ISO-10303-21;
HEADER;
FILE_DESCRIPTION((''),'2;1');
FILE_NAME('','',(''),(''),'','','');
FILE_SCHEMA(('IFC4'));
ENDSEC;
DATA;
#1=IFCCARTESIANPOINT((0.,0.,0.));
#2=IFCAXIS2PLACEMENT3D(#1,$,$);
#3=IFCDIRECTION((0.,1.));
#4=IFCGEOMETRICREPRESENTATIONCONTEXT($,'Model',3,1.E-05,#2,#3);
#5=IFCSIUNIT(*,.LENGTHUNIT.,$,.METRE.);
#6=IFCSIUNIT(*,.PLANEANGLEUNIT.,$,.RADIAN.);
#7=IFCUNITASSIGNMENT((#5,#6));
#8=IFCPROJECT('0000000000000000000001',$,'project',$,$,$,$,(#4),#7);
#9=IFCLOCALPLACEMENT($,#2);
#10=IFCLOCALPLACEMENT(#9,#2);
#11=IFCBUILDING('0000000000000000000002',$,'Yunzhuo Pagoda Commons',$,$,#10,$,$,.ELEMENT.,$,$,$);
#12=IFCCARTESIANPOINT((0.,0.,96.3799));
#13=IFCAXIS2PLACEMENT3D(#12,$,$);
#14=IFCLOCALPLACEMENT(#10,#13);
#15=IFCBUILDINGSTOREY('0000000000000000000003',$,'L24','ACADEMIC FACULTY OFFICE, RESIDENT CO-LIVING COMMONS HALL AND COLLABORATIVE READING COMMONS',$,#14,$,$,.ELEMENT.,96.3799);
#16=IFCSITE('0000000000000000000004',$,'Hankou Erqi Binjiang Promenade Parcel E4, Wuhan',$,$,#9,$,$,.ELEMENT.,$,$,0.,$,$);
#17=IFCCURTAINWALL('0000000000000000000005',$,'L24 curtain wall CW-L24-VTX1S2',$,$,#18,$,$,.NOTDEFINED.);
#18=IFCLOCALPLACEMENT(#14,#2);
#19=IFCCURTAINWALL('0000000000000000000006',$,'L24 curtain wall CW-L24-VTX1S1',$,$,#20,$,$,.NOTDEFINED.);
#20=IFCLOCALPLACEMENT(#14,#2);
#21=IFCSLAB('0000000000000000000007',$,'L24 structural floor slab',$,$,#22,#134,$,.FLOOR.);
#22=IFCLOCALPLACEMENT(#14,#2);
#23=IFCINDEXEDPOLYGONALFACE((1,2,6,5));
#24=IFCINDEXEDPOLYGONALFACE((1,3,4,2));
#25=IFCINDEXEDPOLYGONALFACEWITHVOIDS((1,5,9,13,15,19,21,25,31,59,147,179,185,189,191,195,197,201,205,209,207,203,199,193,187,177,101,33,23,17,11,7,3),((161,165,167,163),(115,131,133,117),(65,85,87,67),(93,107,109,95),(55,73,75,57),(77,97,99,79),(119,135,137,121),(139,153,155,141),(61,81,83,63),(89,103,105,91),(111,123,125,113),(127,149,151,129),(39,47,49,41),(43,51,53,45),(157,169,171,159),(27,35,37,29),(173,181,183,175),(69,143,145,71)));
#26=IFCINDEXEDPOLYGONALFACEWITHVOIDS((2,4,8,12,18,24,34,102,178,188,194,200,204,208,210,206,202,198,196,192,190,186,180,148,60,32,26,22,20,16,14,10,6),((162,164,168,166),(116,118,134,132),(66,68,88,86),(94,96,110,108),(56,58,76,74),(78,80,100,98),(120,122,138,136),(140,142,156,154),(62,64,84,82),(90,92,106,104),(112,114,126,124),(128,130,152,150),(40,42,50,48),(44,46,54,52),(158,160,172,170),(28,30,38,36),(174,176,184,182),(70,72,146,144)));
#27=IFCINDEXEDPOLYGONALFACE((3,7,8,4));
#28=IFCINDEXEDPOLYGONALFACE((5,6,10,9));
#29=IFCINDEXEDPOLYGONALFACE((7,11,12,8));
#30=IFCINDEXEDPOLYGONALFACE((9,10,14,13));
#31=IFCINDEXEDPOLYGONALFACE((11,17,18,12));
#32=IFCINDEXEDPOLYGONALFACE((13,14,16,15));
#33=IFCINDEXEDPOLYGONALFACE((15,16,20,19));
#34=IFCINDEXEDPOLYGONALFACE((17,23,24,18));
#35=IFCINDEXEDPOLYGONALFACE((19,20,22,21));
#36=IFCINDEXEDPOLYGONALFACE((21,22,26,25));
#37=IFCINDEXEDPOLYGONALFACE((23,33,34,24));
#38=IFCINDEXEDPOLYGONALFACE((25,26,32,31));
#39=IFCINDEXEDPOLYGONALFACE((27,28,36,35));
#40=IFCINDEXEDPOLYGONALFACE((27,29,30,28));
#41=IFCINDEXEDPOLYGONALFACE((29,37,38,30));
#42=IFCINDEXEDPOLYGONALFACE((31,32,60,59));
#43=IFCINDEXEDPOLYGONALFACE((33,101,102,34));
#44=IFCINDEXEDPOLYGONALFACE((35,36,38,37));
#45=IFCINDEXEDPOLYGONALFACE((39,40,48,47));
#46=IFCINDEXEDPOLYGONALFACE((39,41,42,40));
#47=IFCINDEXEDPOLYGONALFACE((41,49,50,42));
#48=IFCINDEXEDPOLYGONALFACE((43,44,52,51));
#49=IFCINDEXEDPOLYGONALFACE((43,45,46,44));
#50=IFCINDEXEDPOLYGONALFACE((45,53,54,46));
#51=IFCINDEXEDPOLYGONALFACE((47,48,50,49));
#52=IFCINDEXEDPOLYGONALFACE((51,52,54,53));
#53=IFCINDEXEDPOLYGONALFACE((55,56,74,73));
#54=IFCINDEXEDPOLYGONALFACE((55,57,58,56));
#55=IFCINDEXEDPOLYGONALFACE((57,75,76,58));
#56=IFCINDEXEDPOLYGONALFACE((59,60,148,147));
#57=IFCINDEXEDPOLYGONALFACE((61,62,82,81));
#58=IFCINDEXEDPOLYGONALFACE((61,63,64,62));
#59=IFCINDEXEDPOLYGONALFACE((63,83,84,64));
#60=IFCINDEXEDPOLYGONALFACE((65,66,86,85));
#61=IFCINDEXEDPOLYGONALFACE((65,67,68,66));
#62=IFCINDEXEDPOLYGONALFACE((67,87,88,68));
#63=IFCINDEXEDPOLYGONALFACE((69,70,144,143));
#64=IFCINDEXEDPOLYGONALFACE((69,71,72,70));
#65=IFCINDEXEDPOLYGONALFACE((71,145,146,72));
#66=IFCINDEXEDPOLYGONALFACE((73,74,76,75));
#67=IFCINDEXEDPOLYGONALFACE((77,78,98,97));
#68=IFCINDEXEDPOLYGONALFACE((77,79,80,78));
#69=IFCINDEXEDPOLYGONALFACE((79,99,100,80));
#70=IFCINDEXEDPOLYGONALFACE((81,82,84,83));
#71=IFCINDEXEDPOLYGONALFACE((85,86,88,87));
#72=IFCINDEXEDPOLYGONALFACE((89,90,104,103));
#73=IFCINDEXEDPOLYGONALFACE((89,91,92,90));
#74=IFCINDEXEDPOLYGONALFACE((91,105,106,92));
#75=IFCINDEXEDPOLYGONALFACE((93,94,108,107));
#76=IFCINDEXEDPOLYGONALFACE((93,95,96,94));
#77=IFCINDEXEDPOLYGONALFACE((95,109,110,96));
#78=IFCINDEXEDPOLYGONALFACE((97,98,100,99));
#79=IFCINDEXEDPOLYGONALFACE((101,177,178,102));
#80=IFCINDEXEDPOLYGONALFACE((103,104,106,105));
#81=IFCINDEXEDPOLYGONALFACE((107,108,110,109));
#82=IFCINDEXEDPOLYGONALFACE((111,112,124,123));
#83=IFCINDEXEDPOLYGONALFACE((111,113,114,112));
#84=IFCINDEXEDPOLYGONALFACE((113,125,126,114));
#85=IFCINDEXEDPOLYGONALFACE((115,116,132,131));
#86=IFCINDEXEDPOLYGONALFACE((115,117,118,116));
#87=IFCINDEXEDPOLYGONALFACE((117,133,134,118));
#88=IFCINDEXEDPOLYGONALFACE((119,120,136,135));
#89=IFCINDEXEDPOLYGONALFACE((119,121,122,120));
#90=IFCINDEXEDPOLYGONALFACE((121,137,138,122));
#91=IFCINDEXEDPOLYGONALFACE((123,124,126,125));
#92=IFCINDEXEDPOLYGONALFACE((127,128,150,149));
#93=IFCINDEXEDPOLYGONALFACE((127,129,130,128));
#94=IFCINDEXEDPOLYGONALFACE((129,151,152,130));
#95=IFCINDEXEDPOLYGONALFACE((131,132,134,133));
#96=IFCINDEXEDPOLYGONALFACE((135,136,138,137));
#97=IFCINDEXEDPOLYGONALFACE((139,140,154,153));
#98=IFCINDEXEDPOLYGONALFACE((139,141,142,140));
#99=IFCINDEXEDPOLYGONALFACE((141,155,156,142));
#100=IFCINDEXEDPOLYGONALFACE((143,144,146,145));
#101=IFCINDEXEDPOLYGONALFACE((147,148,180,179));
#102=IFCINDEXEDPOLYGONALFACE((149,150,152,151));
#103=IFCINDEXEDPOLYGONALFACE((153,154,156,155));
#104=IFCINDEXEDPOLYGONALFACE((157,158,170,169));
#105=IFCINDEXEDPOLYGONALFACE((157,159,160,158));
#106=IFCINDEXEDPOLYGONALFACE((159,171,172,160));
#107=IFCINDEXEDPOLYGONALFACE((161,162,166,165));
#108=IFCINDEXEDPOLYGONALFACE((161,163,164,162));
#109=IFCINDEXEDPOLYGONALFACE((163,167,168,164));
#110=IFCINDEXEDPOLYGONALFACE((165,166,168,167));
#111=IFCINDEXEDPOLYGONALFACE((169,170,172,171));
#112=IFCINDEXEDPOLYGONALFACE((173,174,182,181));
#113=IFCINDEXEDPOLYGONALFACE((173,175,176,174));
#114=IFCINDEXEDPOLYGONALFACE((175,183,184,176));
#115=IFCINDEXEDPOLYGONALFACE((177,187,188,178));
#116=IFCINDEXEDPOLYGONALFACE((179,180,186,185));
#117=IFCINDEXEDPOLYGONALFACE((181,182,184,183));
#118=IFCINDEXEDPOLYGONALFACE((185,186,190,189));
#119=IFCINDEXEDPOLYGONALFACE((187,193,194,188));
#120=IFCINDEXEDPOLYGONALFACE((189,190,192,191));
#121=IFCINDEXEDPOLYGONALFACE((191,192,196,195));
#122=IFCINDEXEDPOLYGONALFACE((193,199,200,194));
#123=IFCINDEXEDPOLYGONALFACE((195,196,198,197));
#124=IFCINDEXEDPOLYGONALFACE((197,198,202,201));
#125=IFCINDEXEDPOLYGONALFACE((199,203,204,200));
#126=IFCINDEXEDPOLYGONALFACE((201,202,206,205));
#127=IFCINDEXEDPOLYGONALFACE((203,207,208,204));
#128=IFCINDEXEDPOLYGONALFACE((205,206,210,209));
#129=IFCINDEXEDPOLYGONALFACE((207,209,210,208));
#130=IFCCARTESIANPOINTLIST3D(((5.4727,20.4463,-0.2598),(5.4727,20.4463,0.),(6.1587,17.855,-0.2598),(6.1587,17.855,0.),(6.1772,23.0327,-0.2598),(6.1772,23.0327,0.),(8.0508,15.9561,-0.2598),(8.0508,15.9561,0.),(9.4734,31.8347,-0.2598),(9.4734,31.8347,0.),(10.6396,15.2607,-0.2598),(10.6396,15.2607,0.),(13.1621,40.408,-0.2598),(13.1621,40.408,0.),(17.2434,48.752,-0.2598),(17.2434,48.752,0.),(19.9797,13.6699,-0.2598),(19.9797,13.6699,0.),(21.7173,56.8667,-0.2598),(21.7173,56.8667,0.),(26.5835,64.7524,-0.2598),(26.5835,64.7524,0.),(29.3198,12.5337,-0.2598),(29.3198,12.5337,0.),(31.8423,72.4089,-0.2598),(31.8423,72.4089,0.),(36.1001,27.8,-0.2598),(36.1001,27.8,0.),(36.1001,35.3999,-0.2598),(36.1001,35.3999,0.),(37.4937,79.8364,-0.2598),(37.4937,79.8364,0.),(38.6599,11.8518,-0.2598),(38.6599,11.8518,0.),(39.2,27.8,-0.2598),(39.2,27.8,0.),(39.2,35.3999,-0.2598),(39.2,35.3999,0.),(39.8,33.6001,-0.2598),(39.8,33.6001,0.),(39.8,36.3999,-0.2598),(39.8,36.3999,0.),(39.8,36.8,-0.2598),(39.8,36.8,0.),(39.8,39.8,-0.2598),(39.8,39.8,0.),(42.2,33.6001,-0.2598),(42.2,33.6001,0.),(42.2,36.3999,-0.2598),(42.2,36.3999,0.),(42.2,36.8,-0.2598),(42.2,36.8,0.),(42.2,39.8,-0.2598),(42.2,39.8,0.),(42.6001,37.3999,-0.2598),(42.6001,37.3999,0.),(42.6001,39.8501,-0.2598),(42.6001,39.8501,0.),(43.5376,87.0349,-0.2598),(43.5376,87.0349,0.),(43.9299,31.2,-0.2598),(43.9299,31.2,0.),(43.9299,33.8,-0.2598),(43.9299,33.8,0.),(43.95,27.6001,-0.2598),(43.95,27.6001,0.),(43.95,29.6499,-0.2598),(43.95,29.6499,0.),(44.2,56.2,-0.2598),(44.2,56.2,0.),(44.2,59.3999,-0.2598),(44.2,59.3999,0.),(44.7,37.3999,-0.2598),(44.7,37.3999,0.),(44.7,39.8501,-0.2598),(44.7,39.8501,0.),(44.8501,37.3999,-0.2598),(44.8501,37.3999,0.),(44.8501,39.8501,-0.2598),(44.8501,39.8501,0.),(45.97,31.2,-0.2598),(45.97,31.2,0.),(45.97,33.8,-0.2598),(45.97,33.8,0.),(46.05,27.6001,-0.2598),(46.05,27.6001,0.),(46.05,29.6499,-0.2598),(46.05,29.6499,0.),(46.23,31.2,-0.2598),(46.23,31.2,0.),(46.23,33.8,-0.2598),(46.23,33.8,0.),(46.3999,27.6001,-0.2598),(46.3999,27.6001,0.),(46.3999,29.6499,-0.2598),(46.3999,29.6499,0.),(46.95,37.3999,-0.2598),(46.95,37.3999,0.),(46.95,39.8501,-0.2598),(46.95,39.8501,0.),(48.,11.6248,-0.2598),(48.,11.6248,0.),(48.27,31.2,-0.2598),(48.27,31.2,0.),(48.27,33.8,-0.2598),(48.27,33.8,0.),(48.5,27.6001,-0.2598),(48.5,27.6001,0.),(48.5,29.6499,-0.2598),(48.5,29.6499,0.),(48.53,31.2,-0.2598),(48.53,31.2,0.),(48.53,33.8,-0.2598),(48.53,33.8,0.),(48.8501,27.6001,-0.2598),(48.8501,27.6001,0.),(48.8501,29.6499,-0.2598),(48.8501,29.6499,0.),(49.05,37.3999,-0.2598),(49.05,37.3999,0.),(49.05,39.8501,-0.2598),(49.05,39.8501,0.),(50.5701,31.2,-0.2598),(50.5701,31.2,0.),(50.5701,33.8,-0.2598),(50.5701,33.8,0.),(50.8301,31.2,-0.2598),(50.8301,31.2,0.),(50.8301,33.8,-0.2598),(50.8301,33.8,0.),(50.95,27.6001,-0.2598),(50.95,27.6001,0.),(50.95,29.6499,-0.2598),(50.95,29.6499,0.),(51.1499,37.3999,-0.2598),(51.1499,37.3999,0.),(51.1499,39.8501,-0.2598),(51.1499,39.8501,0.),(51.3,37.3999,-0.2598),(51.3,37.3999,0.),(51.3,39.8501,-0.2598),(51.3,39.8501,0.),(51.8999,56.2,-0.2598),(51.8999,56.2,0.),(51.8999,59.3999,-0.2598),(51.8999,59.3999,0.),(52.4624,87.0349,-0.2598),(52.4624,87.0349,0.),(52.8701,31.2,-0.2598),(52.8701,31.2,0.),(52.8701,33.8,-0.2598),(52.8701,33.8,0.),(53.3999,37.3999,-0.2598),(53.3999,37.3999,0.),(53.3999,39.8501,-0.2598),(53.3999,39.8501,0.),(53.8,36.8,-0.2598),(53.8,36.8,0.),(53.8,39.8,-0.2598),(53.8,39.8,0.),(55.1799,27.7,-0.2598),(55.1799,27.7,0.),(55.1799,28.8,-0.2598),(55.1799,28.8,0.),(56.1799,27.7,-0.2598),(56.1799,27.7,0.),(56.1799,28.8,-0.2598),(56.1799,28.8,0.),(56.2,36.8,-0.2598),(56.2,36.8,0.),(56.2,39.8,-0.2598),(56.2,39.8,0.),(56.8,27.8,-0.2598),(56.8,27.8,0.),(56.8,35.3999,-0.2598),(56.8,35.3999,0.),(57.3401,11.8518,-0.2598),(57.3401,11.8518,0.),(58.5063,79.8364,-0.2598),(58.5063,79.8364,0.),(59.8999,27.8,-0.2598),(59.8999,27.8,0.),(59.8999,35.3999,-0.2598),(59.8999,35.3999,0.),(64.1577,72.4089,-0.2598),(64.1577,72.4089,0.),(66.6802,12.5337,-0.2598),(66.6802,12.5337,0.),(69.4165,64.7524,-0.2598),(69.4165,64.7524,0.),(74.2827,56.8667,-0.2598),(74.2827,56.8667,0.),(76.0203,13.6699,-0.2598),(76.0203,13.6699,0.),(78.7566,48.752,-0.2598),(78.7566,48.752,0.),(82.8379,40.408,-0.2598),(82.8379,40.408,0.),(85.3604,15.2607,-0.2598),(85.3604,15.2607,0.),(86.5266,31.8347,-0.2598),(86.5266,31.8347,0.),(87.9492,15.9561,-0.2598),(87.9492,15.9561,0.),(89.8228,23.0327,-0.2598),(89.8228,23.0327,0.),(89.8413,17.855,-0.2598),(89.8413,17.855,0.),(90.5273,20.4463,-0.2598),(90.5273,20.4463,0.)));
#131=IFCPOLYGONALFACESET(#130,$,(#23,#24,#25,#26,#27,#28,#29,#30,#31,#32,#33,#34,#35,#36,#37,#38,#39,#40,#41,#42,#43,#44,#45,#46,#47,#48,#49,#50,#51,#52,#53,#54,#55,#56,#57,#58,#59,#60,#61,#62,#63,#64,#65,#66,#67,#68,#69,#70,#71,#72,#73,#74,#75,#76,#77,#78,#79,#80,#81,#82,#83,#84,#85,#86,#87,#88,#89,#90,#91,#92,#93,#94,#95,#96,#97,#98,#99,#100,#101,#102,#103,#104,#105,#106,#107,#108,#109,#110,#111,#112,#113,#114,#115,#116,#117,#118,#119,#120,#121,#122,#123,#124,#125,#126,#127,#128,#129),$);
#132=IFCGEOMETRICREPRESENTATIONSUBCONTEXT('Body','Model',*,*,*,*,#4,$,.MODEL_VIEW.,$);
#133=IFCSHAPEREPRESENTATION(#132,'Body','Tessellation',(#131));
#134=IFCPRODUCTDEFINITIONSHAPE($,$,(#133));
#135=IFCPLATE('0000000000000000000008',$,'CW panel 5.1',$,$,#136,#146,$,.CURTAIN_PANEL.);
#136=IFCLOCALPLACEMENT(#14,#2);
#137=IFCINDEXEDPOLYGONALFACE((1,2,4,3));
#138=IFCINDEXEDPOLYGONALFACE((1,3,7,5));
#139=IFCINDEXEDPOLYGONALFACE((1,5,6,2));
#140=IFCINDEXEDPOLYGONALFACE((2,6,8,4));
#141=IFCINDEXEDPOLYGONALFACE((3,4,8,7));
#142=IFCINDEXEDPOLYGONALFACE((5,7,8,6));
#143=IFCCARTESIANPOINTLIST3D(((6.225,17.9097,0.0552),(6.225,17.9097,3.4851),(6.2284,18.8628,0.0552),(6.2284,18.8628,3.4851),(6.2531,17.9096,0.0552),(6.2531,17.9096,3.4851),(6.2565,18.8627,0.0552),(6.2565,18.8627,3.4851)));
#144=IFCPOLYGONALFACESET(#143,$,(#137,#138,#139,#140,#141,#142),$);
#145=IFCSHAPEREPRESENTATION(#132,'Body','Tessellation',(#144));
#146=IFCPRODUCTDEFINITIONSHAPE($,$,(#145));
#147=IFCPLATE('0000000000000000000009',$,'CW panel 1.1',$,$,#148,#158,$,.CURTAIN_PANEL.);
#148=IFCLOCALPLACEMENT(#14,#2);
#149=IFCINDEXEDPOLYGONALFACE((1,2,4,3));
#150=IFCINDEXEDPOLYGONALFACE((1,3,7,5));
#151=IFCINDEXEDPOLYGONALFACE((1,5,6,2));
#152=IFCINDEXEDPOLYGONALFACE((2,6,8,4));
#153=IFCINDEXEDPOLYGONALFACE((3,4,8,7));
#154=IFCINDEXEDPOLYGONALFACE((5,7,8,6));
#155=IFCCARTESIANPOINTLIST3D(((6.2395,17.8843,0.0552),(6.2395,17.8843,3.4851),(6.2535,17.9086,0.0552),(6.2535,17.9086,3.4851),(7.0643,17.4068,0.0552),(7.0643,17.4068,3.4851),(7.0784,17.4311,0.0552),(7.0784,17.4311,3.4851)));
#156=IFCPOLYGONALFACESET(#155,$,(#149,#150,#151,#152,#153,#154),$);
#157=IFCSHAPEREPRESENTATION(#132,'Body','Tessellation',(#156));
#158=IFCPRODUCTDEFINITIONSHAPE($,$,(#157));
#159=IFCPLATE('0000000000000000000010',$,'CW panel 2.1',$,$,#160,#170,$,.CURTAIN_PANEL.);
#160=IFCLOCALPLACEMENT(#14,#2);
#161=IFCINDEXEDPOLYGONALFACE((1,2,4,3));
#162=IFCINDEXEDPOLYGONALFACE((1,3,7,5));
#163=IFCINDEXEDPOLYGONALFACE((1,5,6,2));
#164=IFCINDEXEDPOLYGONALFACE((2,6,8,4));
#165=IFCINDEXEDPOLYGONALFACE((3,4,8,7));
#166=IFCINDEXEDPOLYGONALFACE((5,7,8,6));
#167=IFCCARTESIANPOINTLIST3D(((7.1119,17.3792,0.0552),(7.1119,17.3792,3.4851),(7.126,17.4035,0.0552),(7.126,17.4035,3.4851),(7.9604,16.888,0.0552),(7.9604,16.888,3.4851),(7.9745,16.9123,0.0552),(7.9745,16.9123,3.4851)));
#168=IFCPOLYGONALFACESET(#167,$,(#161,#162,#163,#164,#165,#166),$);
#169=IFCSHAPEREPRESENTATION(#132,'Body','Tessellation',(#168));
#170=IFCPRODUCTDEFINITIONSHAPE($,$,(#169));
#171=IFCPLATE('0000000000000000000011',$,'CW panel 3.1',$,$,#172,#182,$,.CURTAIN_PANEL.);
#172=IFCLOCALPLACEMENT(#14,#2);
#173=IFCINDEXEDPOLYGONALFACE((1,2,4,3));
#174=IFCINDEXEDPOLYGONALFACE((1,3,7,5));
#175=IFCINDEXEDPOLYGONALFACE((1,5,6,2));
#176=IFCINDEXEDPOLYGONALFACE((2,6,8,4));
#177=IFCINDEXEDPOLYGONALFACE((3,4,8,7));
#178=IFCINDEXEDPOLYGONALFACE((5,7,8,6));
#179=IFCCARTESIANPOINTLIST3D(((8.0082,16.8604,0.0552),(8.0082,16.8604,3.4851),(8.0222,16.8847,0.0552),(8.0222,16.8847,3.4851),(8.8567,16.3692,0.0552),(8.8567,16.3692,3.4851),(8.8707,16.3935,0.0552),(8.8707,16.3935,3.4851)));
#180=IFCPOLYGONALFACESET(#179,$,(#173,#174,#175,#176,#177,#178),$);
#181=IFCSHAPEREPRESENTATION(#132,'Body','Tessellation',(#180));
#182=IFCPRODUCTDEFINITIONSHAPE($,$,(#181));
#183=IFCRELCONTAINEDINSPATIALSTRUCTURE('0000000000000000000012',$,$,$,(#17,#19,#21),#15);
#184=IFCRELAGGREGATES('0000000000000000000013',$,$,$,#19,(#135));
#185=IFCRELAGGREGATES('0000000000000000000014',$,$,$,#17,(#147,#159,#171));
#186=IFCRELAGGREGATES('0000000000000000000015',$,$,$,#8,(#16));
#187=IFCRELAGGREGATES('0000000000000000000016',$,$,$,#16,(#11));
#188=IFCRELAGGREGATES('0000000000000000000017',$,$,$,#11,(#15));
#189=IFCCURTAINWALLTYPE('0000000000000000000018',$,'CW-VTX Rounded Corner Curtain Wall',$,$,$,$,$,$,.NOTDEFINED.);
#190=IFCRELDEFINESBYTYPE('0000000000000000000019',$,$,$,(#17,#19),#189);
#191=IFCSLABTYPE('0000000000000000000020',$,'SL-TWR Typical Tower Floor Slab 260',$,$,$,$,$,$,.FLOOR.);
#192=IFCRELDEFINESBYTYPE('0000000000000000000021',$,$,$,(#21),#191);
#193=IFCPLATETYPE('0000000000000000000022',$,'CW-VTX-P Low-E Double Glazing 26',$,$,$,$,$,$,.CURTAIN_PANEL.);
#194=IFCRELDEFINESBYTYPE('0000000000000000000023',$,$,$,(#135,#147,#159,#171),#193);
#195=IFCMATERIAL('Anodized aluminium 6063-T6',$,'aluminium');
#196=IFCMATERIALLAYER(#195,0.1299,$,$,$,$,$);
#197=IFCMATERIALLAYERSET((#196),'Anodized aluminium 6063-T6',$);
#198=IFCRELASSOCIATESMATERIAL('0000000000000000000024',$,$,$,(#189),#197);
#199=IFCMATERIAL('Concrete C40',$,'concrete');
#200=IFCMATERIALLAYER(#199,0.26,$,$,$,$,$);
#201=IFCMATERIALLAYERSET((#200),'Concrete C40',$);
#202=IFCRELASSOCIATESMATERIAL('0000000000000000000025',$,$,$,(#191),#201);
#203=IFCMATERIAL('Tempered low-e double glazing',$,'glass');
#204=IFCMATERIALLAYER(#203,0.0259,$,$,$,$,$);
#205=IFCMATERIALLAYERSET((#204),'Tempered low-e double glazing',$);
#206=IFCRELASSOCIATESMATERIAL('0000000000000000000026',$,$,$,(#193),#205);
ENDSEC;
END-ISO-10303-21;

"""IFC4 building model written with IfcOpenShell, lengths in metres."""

from ifc_helpers import new_model, si_unit, direction, frame, origin, origin_2d, place, context, subcontext, project, spatial, polyline, rectangle, outline, extrude, source, transform, mapped, material, layer, layer_set, type_object, element, aggregate, save


model = new_model("IFC4")

# Units and contexts
model_context = context("Model", 3, precision=1e-05, world=origin(), true_north=direction((0.0, 1.0)))
body_context = subcontext(model_context, "Body", "Model", "MODEL_VIEW")
ifc_project = project(units=[si_unit("LENGTHUNIT", "METRE"), si_unit("PLANEANGLEUNIT", "RADIAN")], contexts=[model_context])

# Site, building, storey
site_placement = place(None, origin())
site = spatial("IfcSite", under=ifc_project, at=site_placement, Name="Hankou Erqi Binjiang Promenade Parcel E4, Wuhan", CompositionType="ELEMENT", RefElevation=0.0)
building_placement = place(site_placement, origin())
building = spatial("IfcBuilding", under=site, at=building_placement, Name="Yunzhuo Pagoda Commons", CompositionType="ELEMENT")
storey_placement = place(building_placement, frame((0.0, 0.0, 96.3799)))
storey = spatial("IfcBuildingStorey", under=building, at=storey_placement, Name="L24", Description="ACADEMIC FACULTY OFFICE, RESIDENT CO-LIVING COMMONS HALL AND COLLABORATIVE READING COMMONS", CompositionType="ELEMENT", Elevation=96.3799)

# Curtain wall
ifc_material_1 = material(Name="Anodized aluminium 6063-T6", Category="aluminium")
ifc_layer_1 = layer(ifc_material_1, 0.1299)
ifc_layer_set_1 = layer_set([ifc_layer_1], Name="Anodized aluminium 6063-T6")
curtain_wall_type = type_object("IfcCurtainWallType", Name="CW-VTX Rounded Corner Curtain Wall", PredefinedType="NOTDEFINED", material=ifc_layer_set_1)
curtain_wall_1_placement = place(storey_placement, origin())
curtain_wall_1 = element("IfcCurtainWall", 1, at=curtain_wall_1_placement, inside=storey, type_object=curtain_wall_type, Name="L24 curtain wall CW-L24-VTX1S2", PredefinedType="NOTDEFINED")

# Curtain wall
curtain_wall_2_placement = place(storey_placement, origin())
curtain_wall_2 = element("IfcCurtainWall", 2, at=curtain_wall_2_placement, inside=storey, type_object=curtain_wall_type, Name="L24 curtain wall CW-L24-VTX1S1", PredefinedType="NOTDEFINED")

# Shared definitions
ifc_material_2 = material(Name="Concrete C40", Category="concrete")

# Slab
ifc_layer_2 = layer(ifc_material_2, 0.26)
ifc_layer_set_2 = layer_set([ifc_layer_2], Name="Concrete C40")
slab_type_1 = type_object("IfcSlabType", Name="SL-TWR Typical Tower Floor Slab 260", PredefinedType="FLOOR", material=ifc_layer_set_2)
slab_1_placement = place(storey_placement, frame((0.0, 0.0, -0.2598)))
element("IfcSlab", 3, at=slab_1_placement, inside=storey, type_object=slab_type_1, Name="L24 structural floor slab", PredefinedType="FLOOR", context=body_context, shape_type="SweptSolid", body=[
    extrude(outline(polyline([(9.4734, 31.8347), (13.1621, 40.408), (17.2434, 48.752), (21.7173, 56.8667), (26.5835, 64.7524), (31.8423, 72.4089), (37.4937, 79.8364), (43.5376, 87.0349), (52.4624, 87.0349), (58.5063, 79.8364), (64.1577, 72.4089), (69.4165, 64.7524), (74.2827, 56.8667), (78.7566, 48.752), (82.8379, 40.408), (86.5266, 31.8347), (89.8228, 23.0327), (90.5273, 20.4463), (89.8413, 17.855), (87.9492, 15.9561), (85.3604, 15.2607), (76.0203, 13.6699), (66.6802, 12.5337), (57.3401, 11.8518), (48.0, 11.6248), (38.6599, 11.8518), (29.3198, 12.5337), (19.9797, 13.6699), (10.6396, 15.2607), (8.0508, 15.9561), (6.1587, 17.855), (5.4727, 20.4463), (6.1772, 23.0327), (9.4734, 31.8347)]), holes=[polyline([(46.05, 27.6001), (46.05, 29.6499), (43.95, 29.6499), (43.95, 27.6001), (46.05, 27.6001)]), polyline([(48.5, 27.6001), (48.5, 29.6499), (46.3999, 29.6499), (46.3999, 27.6001), (48.5, 27.6001)]), polyline([(36.1001, 27.8), (39.2, 27.8), (39.2, 35.3999), (36.1001, 35.3999), (36.1001, 27.8)]), polyline([(45.97, 31.2), (45.97, 33.8), (43.9299, 33.8), (43.9299, 31.2), (45.97, 31.2)]), polyline([(48.27, 31.2), (48.27, 33.8), (46.23, 33.8), (46.23, 31.2), (48.27, 31.2)]), polyline([(42.2, 33.6001), (42.2, 36.3999), (39.8, 36.3999), (39.8, 33.6001), (42.2, 33.6001)]), polyline([(42.2, 36.8), (42.2, 39.8), (39.8, 39.8), (39.8, 36.8), (42.2, 36.8)]), polyline([(42.6001, 37.3999), (44.7, 37.3999), (44.7, 39.8501), (42.6001, 39.8501), (42.6001, 37.3999)]), polyline([(44.8501, 37.3999), (46.95, 37.3999), (46.95, 39.8501), (44.8501, 39.8501), (44.8501, 37.3999)]), polyline([(56.1799, 27.7), (56.1799, 28.8), (55.1799, 28.8), (55.1799, 27.7), (56.1799, 27.7)]), polyline([(50.95, 27.6001), (50.95, 29.6499), (48.8501, 29.6499), (48.8501, 27.6001), (50.95, 27.6001)]), polyline([(56.8, 27.8), (59.8999, 27.8), (59.8999, 35.3999), (56.8, 35.3999), (56.8, 27.8)]), polyline([(50.5701, 31.2), (50.5701, 33.8), (48.53, 33.8), (48.53, 31.2), (50.5701, 31.2)]), polyline([(52.8701, 31.2), (52.8701, 33.8), (50.8301, 33.8), (50.8301, 31.2), (52.8701, 31.2)]), polyline([(56.2, 36.8), (56.2, 39.8), (53.8, 39.8), (53.8, 36.8), (56.2, 36.8)]), polyline([(51.1499, 37.3999), (51.1499, 39.8501), (49.05, 39.8501), (49.05, 37.3999), (51.1499, 37.3999)]), polyline([(51.3, 37.3999), (53.3999, 37.3999), (53.3999, 39.8501), (51.3, 39.8501), (51.3, 37.3999)]), polyline([(44.2, 56.2), (51.8999, 56.2), (51.8999, 59.3999), (44.2, 59.3999), (44.2, 56.2)])]), origin(), (0.0, 0.0, 1.0), 0.2598),
])

# Plates
ifc_material_3 = material(Name="Tempered low-e double glazing", Category="glass")
ifc_layer_3 = layer(ifc_material_3, 0.0259)
ifc_layer_set_3 = layer_set([ifc_layer_3], Name="Tempered low-e double glazing")
plate_type = type_object("IfcPlateType", Name="CW-VTX-P Low-E Double Glazing 26", PredefinedType="CURTAIN_PANEL", material=ifc_layer_set_3)
shared_shape_1 = source(origin(), body_context, "Body", "SweptSolid", [
    extrude(rectangle(XDim=0.9531, YDim=0.0281, at=origin_2d()), origin(), (0.0, 0.0, 1.0), 3.4299),
])
plate_1_placement = place(storey_placement, frame((6.2407, 18.3862, 0.0552), z_axis=(0.0, 0.0, 1.0), x_axis=(-0.003573, -0.999994, 0.0)))
plate_1 = element("IfcPlate", 4, at=plate_1_placement, type_object=plate_type, Name="CW panel 5.1", PredefinedType="CURTAIN_PANEL", context=body_context, shape_type="MappedRepresentation", body=[
    mapped(shared_shape_1, transform((0.0, 0.0, 0.0), scale=1.0)),
])
aggregate(curtain_wall_2, [plate_1])
plate_2_placement = place(storey_placement, frame((6.6589, 17.6577, 0.0552), z_axis=(0.0, 0.0, 1.0), x_axis=(0.865427, -0.501036, 0.0)))
plate_2 = element("IfcPlate", 5, at=plate_2_placement, type_object=plate_type, Name="CW panel 1.1", PredefinedType="CURTAIN_PANEL", context=body_context, shape_type="MappedRepresentation", body=[
    mapped(shared_shape_1, transform((0.0, 0.0, 0.0), scale=1.0)),
])
shared_shape_2 = source(origin(), body_context, "Body", "SweptSolid", [
    extrude(rectangle(XDim=0.9805, YDim=0.0281, at=origin_2d()), origin(), (0.0, 0.0, 1.0), 3.4299),
])
plate_3_placement = place(storey_placement, frame((7.5432, 17.1458, 0.0552), z_axis=(0.0, 0.0, 1.0), x_axis=(0.865427, -0.501036, 0.0)))
plate_3 = element("IfcPlate", 6, at=plate_3_placement, type_object=plate_type, Name="CW panel 2.1", PredefinedType="CURTAIN_PANEL", context=body_context, shape_type="MappedRepresentation", body=[
    mapped(shared_shape_2, transform((0.0, 0.0, 0.0), scale=1.0)),
])
plate_4_placement = place(storey_placement, frame((8.4395, 16.627, 0.0552), z_axis=(0.0, 0.0, 1.0), x_axis=(0.865427, -0.501036, 0.0)))
plate_4 = element("IfcPlate", 7, at=plate_4_placement, type_object=plate_type, Name="CW panel 3.1", PredefinedType="CURTAIN_PANEL", context=body_context, shape_type="MappedRepresentation", body=[
    mapped(shared_shape_2, transform((0.0, 0.0, 0.0), scale=1.0)),
])
aggregate(curtain_wall_1, [plate_2, plate_3, plate_4])

save(model, "model.ifc")
